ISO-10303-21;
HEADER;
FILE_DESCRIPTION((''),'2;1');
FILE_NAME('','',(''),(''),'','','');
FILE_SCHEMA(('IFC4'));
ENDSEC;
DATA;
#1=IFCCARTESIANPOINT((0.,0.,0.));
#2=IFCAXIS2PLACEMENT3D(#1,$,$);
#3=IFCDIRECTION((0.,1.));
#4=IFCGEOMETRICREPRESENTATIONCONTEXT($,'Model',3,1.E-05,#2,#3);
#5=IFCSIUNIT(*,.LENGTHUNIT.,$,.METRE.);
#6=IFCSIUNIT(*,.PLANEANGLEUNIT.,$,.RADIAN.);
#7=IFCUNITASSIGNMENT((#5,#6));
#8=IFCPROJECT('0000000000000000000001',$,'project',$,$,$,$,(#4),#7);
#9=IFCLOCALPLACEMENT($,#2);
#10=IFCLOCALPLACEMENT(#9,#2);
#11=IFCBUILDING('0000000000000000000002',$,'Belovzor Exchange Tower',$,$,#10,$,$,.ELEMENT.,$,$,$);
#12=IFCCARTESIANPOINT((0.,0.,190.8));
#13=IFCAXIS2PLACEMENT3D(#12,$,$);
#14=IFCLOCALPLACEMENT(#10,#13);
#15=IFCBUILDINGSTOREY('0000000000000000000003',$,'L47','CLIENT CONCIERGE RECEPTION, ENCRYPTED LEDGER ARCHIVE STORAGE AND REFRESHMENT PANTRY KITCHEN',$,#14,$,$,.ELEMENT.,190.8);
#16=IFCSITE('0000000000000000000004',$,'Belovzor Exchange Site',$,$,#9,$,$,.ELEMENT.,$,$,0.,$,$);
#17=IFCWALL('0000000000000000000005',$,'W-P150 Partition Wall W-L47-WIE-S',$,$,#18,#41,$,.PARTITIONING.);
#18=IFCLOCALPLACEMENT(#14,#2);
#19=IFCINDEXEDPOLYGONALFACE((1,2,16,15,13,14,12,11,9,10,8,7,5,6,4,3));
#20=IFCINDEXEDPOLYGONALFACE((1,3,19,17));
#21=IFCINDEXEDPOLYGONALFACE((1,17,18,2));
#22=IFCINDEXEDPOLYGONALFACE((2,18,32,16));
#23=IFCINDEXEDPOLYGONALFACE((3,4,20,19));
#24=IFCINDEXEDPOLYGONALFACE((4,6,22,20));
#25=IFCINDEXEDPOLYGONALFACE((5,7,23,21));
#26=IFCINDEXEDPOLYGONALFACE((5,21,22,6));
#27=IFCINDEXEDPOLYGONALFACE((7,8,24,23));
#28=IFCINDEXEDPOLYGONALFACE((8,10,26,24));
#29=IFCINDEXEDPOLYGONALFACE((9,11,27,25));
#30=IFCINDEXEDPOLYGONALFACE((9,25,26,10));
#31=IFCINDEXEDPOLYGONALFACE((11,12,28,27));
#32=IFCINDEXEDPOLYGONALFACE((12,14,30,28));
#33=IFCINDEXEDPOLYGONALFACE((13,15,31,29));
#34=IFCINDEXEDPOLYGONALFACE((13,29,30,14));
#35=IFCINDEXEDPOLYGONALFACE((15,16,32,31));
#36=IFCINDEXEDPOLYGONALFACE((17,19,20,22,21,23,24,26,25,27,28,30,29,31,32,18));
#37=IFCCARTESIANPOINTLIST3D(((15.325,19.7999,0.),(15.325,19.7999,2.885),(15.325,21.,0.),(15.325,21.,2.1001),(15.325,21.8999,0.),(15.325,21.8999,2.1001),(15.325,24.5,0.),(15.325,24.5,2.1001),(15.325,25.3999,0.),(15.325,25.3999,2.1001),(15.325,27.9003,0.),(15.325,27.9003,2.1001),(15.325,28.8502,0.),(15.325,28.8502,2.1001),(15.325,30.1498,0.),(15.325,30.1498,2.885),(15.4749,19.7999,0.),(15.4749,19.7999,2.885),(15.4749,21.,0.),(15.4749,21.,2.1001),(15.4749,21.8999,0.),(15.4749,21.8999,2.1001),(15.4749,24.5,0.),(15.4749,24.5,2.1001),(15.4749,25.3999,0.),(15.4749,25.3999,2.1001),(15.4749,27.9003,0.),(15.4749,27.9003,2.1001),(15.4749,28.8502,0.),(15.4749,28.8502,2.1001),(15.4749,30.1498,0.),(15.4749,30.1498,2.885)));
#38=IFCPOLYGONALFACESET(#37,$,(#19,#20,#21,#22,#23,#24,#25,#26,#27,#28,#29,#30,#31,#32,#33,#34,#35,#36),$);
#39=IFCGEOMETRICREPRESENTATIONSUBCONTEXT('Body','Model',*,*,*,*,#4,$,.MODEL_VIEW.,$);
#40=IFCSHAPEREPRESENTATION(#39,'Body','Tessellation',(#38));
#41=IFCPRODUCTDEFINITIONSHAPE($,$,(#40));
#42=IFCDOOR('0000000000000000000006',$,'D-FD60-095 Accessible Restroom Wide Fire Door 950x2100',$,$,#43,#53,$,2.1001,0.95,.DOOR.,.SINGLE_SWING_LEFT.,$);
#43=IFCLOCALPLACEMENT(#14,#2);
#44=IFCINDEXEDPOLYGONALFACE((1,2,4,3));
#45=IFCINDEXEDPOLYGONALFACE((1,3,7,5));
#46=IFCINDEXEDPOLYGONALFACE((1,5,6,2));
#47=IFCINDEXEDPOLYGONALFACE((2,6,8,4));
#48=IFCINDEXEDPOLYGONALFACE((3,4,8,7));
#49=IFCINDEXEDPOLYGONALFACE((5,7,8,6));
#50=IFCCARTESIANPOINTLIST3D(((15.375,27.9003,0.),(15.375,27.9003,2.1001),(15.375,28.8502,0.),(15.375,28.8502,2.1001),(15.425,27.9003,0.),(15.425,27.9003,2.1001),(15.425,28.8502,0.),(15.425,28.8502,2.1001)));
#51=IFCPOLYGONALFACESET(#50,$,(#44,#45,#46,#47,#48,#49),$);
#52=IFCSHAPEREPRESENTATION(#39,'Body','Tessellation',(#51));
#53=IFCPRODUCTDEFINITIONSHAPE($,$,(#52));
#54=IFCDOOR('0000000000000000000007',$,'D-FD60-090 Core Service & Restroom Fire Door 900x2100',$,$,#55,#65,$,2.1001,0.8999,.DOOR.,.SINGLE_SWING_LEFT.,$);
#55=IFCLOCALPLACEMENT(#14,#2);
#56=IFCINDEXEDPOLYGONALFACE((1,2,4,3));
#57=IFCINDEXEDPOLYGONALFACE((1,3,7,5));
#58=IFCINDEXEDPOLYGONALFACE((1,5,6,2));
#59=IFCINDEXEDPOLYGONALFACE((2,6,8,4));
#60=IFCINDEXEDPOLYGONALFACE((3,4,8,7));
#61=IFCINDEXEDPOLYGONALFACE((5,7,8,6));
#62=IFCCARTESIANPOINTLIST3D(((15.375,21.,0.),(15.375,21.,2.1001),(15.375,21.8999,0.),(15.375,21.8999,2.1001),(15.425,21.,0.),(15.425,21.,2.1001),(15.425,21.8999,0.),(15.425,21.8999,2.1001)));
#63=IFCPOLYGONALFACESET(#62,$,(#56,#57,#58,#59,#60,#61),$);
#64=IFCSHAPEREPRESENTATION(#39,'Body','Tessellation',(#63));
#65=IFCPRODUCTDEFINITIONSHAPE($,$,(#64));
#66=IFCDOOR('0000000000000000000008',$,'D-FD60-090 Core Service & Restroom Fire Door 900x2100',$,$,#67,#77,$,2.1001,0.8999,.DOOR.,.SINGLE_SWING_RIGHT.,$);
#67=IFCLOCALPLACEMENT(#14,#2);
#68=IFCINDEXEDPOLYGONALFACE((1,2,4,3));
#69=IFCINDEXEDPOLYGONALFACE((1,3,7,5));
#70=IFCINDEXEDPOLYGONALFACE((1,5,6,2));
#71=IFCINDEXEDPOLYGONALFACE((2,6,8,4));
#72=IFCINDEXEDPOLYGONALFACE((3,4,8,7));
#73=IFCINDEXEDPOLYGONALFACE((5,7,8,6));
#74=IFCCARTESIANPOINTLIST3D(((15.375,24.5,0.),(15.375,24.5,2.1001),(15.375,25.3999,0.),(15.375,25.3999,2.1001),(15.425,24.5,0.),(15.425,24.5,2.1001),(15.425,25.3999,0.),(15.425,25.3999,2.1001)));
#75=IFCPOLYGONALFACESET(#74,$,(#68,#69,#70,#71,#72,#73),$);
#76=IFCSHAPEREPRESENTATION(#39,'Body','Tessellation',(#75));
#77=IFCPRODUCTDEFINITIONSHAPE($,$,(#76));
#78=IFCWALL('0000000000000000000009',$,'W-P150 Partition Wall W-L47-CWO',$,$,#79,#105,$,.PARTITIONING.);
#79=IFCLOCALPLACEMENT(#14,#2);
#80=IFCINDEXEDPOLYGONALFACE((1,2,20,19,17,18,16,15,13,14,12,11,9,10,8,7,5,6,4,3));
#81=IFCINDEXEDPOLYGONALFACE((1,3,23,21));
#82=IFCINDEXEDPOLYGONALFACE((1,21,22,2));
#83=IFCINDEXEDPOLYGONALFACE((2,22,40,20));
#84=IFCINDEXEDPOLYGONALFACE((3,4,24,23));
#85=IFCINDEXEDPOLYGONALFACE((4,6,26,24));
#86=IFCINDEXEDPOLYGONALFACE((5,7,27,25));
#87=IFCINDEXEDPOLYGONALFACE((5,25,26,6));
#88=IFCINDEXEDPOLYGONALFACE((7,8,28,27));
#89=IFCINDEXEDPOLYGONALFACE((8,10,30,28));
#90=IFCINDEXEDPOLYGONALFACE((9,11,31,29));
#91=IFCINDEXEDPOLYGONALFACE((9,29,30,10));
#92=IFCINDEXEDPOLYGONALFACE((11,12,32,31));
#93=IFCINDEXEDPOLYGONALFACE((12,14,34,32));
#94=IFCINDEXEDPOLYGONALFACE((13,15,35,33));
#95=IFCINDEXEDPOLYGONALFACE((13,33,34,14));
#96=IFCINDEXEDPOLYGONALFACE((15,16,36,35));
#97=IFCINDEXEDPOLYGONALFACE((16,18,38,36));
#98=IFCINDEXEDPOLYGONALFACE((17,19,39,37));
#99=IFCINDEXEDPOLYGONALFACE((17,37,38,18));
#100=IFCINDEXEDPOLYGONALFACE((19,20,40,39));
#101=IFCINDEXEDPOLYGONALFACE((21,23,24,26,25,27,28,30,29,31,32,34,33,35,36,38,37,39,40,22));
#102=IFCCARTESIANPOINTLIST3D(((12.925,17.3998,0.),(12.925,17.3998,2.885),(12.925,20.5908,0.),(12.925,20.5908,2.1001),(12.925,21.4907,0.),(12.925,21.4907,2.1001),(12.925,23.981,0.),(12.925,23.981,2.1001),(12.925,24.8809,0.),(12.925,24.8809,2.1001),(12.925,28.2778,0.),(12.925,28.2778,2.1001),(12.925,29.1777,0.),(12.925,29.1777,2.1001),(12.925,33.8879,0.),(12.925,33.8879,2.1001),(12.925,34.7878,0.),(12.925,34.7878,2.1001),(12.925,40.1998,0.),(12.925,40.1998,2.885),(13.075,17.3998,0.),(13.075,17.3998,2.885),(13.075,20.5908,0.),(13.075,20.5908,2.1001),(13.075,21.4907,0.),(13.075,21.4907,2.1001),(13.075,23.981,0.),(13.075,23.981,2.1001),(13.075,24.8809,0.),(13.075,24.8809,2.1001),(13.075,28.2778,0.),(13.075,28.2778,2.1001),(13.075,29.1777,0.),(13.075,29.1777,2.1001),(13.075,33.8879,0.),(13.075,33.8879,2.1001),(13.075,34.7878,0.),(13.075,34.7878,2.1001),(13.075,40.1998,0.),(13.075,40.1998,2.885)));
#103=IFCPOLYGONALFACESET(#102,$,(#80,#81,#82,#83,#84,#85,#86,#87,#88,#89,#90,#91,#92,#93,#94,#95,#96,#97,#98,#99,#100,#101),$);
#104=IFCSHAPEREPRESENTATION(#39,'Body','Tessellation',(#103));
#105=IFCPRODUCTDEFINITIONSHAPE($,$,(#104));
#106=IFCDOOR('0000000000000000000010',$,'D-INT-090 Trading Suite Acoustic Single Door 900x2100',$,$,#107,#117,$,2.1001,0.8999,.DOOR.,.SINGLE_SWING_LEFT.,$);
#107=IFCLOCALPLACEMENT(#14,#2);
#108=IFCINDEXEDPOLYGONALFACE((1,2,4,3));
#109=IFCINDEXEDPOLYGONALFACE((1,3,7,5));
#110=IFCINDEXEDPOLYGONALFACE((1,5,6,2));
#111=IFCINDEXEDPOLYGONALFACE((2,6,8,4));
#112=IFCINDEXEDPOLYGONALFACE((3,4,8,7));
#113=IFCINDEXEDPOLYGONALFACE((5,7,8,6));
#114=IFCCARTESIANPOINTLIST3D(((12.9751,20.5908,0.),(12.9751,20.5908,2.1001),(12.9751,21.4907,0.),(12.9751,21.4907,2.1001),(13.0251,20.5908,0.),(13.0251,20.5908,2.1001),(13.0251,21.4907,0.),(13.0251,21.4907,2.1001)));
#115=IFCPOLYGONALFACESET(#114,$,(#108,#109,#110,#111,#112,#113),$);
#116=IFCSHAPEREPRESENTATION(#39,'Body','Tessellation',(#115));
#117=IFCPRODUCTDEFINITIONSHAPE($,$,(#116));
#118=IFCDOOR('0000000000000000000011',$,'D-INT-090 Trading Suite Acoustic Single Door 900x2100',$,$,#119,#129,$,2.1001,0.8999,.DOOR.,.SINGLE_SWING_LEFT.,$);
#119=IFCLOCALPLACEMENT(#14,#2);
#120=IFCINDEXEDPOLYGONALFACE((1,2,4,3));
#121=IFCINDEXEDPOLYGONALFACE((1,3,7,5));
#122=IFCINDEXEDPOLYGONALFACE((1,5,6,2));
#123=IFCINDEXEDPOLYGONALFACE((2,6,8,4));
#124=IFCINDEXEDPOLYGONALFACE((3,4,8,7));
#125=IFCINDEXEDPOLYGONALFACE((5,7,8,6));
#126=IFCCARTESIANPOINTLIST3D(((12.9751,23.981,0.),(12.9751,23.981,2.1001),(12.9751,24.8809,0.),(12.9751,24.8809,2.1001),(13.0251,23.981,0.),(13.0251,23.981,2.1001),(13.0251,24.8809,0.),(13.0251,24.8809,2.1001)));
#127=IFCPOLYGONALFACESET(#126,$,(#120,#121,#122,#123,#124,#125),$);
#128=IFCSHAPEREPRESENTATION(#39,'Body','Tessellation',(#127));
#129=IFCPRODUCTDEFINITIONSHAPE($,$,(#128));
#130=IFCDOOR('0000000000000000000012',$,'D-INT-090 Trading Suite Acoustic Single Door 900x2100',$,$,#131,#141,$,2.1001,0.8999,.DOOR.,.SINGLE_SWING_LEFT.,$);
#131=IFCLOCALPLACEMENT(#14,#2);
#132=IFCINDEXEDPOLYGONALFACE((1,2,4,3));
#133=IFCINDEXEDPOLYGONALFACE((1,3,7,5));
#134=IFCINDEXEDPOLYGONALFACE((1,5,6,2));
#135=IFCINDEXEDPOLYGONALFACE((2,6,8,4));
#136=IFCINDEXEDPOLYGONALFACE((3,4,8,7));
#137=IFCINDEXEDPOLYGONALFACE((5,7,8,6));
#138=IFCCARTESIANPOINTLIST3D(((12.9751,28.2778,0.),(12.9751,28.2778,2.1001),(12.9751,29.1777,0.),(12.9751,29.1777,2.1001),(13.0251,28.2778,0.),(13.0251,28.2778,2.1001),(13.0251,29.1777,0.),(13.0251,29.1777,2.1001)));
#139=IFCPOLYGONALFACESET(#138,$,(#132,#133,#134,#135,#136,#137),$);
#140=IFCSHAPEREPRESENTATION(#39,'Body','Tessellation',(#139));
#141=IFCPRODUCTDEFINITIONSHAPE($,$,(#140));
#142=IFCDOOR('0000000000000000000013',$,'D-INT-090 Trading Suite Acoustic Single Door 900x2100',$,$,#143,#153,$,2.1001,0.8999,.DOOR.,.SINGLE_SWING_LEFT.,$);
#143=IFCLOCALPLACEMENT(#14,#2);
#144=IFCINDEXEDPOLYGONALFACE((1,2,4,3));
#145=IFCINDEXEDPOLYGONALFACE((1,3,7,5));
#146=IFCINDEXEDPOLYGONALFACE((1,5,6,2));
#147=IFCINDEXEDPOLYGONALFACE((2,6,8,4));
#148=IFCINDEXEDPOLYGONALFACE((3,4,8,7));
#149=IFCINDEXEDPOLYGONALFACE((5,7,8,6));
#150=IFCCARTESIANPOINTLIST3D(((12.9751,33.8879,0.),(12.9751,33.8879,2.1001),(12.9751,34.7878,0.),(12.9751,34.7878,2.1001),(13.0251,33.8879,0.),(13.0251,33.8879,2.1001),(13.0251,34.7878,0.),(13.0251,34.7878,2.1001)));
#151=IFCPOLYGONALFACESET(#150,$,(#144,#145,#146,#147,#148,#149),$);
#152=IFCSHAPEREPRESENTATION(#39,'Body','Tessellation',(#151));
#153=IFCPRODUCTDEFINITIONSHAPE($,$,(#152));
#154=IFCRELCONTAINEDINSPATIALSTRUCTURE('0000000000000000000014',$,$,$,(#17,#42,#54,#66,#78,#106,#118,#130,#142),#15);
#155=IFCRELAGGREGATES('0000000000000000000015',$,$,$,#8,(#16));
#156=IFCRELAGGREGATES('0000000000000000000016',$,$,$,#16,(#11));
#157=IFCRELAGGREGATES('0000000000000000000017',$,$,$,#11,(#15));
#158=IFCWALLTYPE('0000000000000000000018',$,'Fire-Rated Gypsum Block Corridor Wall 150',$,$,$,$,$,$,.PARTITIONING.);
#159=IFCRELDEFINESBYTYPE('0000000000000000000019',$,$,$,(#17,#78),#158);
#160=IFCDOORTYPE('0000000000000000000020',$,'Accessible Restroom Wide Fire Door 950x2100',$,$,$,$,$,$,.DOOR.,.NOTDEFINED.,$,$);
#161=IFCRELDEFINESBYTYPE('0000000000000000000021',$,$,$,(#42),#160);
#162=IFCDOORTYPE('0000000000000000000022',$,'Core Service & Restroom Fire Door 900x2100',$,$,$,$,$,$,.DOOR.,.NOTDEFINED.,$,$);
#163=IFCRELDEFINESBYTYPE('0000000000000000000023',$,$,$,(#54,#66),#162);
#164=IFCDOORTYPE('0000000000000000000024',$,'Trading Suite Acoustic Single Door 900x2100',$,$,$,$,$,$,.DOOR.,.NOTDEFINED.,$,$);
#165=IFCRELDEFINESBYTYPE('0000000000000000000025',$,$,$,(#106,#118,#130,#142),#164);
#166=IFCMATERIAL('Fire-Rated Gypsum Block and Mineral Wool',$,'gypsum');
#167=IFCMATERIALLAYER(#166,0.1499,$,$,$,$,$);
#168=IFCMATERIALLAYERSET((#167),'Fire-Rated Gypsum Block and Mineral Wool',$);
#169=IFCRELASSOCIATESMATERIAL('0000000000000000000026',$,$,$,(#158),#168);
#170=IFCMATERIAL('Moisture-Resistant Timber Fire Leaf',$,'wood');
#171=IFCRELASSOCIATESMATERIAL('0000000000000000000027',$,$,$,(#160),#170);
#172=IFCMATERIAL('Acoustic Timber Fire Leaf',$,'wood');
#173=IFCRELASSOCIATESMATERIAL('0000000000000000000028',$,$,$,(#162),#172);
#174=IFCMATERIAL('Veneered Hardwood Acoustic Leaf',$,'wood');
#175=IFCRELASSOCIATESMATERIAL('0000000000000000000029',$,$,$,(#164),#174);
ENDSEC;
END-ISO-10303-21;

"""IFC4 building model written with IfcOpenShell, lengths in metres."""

from ifc_helpers import new_model, si_unit, direction, frame, frame_2d, origin, place, context, subcontext, project, spatial, rectangle, extrude, material, layer, layer_set, type_object, element, fill, save


model = new_model("IFC4")

# Units and contexts
model_context = context("Model", 3, precision=1e-05, world=origin(), true_north=direction((0.0, 1.0)))
body_context = subcontext(model_context, "Body", "Model", "MODEL_VIEW")
ifc_project = project(units=[si_unit("LENGTHUNIT", "METRE"), si_unit("PLANEANGLEUNIT", "RADIAN")], contexts=[model_context])

# Site, building, storey
site_placement = place(None, origin())
site = spatial("IfcSite", under=ifc_project, at=site_placement, Name="Belovzor Exchange Site", CompositionType="ELEMENT", RefElevation=0.0)
building_placement = place(site_placement, origin())
building = spatial("IfcBuilding", under=site, at=building_placement, Name="Belovzor Exchange Tower", CompositionType="ELEMENT")
storey_placement = place(building_placement, frame((0.0, 0.0, 190.8)))
storey = spatial("IfcBuildingStorey", under=building, at=storey_placement, Name="L47", Description="CLIENT CONCIERGE RECEPTION, ENCRYPTED LEDGER ARCHIVE STORAGE AND REFRESHMENT PANTRY KITCHEN", CompositionType="ELEMENT", Elevation=190.8)

# Shared definitions
ifc_material_1 = material(Name="Fire-Rated Gypsum Block and Mineral Wool", Category="gypsum")
ifc_layer_1 = layer(ifc_material_1, 0.1499)
ifc_layer_set_1 = layer_set([ifc_layer_1], Name="Fire-Rated Gypsum Block and Mineral Wool")
wall_type_1 = type_object("IfcWallType", Name="Fire-Rated Gypsum Block Corridor Wall 150", PredefinedType="PARTITIONING", material=ifc_layer_set_1)

# Walls, openings, doors
wall_1_placement = place(storey_placement, frame((15.3999, 19.8, 0.0), z_axis=(0.0, 0.0, 1.0), x_axis=(0.0, 1.0, 0.0)))
wall_1 = element("IfcWall", 1, at=wall_1_placement, inside=storey, type_object=wall_type_1, Name="W-P150 Partition Wall W-L47-WIE-S", PredefinedType="PARTITIONING", context=body_context, shape_type="SweptSolid", body=[
    extrude(rectangle(XDim=10.3499, YDim=0.1499, at=frame_2d((5.1748, 0.0))), origin(), (0.0, 0.0, 1.0), 2.885),
])
opening_1_placement = place(wall_1_placement, frame((1.2, 0.0, 0.0)))
opening_1 = element("IfcOpeningElement", 2, at=opening_1_placement, cuts=wall_1, PredefinedType="OPENING", context=body_context, shape_type="SweptSolid", body=[
    extrude(rectangle(XDim=0.8999, YDim=2.1001, at=frame_2d((0.45, 1.05))), frame((0.0, 0.085, 0.0), z_axis=(0.0, -1.0, 0.0), x_axis=(1.0, 0.0, 0.0)), (0.0, 0.0, 1.0), 0.1699),
])
opening_2_placement = place(wall_1_placement, frame((4.7, 0.0, 0.0)))
opening_2 = element("IfcOpeningElement", 3, at=opening_2_placement, cuts=wall_1, PredefinedType="OPENING", context=body_context, shape_type="SweptSolid", body=[
    extrude(rectangle(XDim=0.8999, YDim=2.1001, at=frame_2d((0.45, 1.05))), frame((0.0, 0.085, 0.0), z_axis=(0.0, -1.0, 0.0), x_axis=(1.0, 0.0, 0.0)), (0.0, 0.0, 1.0), 0.1699),
])
opening_3_placement = place(wall_1_placement, frame((8.1001, 0.0, 0.0)))
opening_3 = element("IfcOpeningElement", 4, at=opening_3_placement, cuts=wall_1, PredefinedType="OPENING", context=body_context, shape_type="SweptSolid", body=[
    extrude(rectangle(XDim=0.95, YDim=2.1001, at=frame_2d((0.4751, 1.05))), frame((0.0, 0.085, 0.0), z_axis=(0.0, -1.0, 0.0), x_axis=(1.0, 0.0, 0.0)), (0.0, 0.0, 1.0), 0.1699),
])
ifc_material_2 = material(Name="Moisture-Resistant Timber Fire Leaf", Category="wood")
door_type_1 = type_object("IfcDoorType", Name="Accessible Restroom Wide Fire Door 950x2100", OperationType="NOTDEFINED", PredefinedType="DOOR", material=ifc_material_2)
door_1_placement = place(opening_3_placement, origin())
door_1 = element("IfcDoor", 5, at=door_1_placement, inside=storey, type_object=door_type_1, Name="D-FD60-095 Accessible Restroom Wide Fire Door 950x2100", OperationType="SINGLE_SWING_LEFT", OverallHeight=2.1001, OverallWidth=0.95, PredefinedType="DOOR", context=body_context, shape_type="SweptSolid", body=[
    extrude(rectangle(XDim=0.95, YDim=2.1001, at=frame_2d((0.4751, 1.05))), frame((0.0, 0.0249, 0.0), z_axis=(0.0, -1.0, 0.0), x_axis=(1.0, 0.0, 0.0)), (0.0, 0.0, 1.0), 0.05),
])
fill(opening_3, door_1)
ifc_material_3 = material(Name="Acoustic Timber Fire Leaf", Category="wood")
door_type_2 = type_object("IfcDoorType", Name="Core Service & Restroom Fire Door 900x2100", OperationType="NOTDEFINED", PredefinedType="DOOR", material=ifc_material_3)
door_2_placement = place(opening_1_placement, origin())
door_2 = element("IfcDoor", 6, at=door_2_placement, inside=storey, type_object=door_type_2, Name="D-FD60-090 Core Service & Restroom Fire Door 900x2100", OperationType="SINGLE_SWING_LEFT", OverallHeight=2.1001, OverallWidth=0.8999, PredefinedType="DOOR", context=body_context, shape_type="SweptSolid", body=[
    extrude(rectangle(XDim=0.8999, YDim=2.1001, at=frame_2d((0.45, 1.05))), frame((0.0, 0.0249, 0.0), z_axis=(0.0, -1.0, 0.0), x_axis=(1.0, 0.0, 0.0)), (0.0, 0.0, 1.0), 0.05),
])
fill(opening_1, door_2)
door_3_placement = place(opening_2_placement, origin())
door_3 = element("IfcDoor", 7, at=door_3_placement, inside=storey, type_object=door_type_2, Name="D-FD60-090 Core Service & Restroom Fire Door 900x2100", OperationType="SINGLE_SWING_RIGHT", OverallHeight=2.1001, OverallWidth=0.8999, PredefinedType="DOOR", context=body_context, shape_type="SweptSolid", body=[
    extrude(rectangle(XDim=0.8999, YDim=2.1001, at=frame_2d((0.45, 1.05))), frame((0.0, 0.0249, 0.0), z_axis=(0.0, -1.0, 0.0), x_axis=(1.0, 0.0, 0.0)), (0.0, 0.0, 1.0), 0.05),
])
fill(opening_2, door_3)
wall_2_placement = place(storey_placement, frame((13.0, 17.3999, 0.0), z_axis=(0.0, 0.0, 1.0), x_axis=(0.0, 1.0, 0.0)))
wall_2 = element("IfcWall", 8, at=wall_2_placement, inside=storey, type_object=wall_type_1, Name="W-P150 Partition Wall W-L47-CWO", PredefinedType="PARTITIONING", context=body_context, shape_type="SweptSolid", body=[
    extrude(rectangle(XDim=22.8, YDim=0.1499, at=frame_2d((11.3999, 0.0))), origin(), (0.0, 0.0, 1.0), 2.885),
])
opening_4_placement = place(wall_2_placement, frame((3.1909, 0.0, 0.0)))
opening_4 = element("IfcOpeningElement", 9, at=opening_4_placement, cuts=wall_2, PredefinedType="OPENING", context=body_context, shape_type="SweptSolid", body=[
    extrude(rectangle(XDim=0.8999, YDim=2.1001, at=frame_2d((0.45, 1.05))), frame((0.0, 0.085, 0.0), z_axis=(0.0, -1.0, 0.0), x_axis=(1.0, 0.0, 0.0)), (0.0, 0.0, 1.0), 0.1699),
])
opening_5_placement = place(wall_2_placement, frame((6.5811, 0.0, 0.0)))
opening_5 = element("IfcOpeningElement", 10, at=opening_5_placement, cuts=wall_2, PredefinedType="OPENING", context=body_context, shape_type="SweptSolid", body=[
    extrude(rectangle(XDim=0.8999, YDim=2.1001, at=frame_2d((0.45, 1.05))), frame((0.0, 0.085, 0.0), z_axis=(0.0, -1.0, 0.0), x_axis=(1.0, 0.0, 0.0)), (0.0, 0.0, 1.0), 0.1699),
])
opening_6_placement = place(wall_2_placement, frame((10.8779, 0.0, 0.0)))
opening_6 = element("IfcOpeningElement", 11, at=opening_6_placement, cuts=wall_2, PredefinedType="OPENING", context=body_context, shape_type="SweptSolid", body=[
    extrude(rectangle(XDim=0.8999, YDim=2.1001, at=frame_2d((0.45, 1.05))), frame((0.0, 0.085, 0.0), z_axis=(0.0, -1.0, 0.0), x_axis=(1.0, 0.0, 0.0)), (0.0, 0.0, 1.0), 0.1699),
])
opening_7_placement = place(wall_2_placement, frame((16.488, 0.0, 0.0)))
opening_7 = element("IfcOpeningElement", 12, at=opening_7_placement, cuts=wall_2, PredefinedType="OPENING", context=body_context, shape_type="SweptSolid", body=[
    extrude(rectangle(XDim=0.8999, YDim=2.1001, at=frame_2d((0.45, 1.05))), frame((0.0, 0.085, 0.0), z_axis=(0.0, -1.0, 0.0), x_axis=(1.0, 0.0, 0.0)), (0.0, 0.0, 1.0), 0.1699),
])
ifc_material_4 = material(Name="Veneered Hardwood Acoustic Leaf", Category="wood")
door_type_3 = type_object("IfcDoorType", Name="Trading Suite Acoustic Single Door 900x2100", OperationType="NOTDEFINED", PredefinedType="DOOR", material=ifc_material_4)
door_4_placement = place(opening_4_placement, origin())
door_4 = element("IfcDoor", 13, at=door_4_placement, inside=storey, type_object=door_type_3, Name="D-INT-090 Trading Suite Acoustic Single Door 900x2100", OperationType="SINGLE_SWING_LEFT", OverallHeight=2.1001, OverallWidth=0.8999, PredefinedType="DOOR", context=body_context, shape_type="SweptSolid", body=[
    extrude(rectangle(XDim=0.8999, YDim=2.1001, at=frame_2d((0.45, 1.05))), frame((0.0, 0.0249, 0.0), z_axis=(0.0, -1.0, 0.0), x_axis=(1.0, 0.0, 0.0)), (0.0, 0.0, 1.0), 0.05),
])
fill(opening_4, door_4)
door_5_placement = place(opening_5_placement, origin())
door_5 = element("IfcDoor", 14, at=door_5_placement, inside=storey, type_object=door_type_3, Name="D-INT-090 Trading Suite Acoustic Single Door 900x2100", OperationType="SINGLE_SWING_LEFT", OverallHeight=2.1001, OverallWidth=0.8999, PredefinedType="DOOR", context=body_context, shape_type="SweptSolid", body=[
    extrude(rectangle(XDim=0.8999, YDim=2.1001, at=frame_2d((0.45, 1.05))), frame((0.0, 0.0249, 0.0), z_axis=(0.0, -1.0, 0.0), x_axis=(1.0, 0.0, 0.0)), (0.0, 0.0, 1.0), 0.05),
])
fill(opening_5, door_5)
door_6_placement = place(opening_6_placement, origin())
door_6 = element("IfcDoor", 15, at=door_6_placement, inside=storey, type_object=door_type_3, Name="D-INT-090 Trading Suite Acoustic Single Door 900x2100", OperationType="SINGLE_SWING_LEFT", OverallHeight=2.1001, OverallWidth=0.8999, PredefinedType="DOOR", context=body_context, shape_type="SweptSolid", body=[
    extrude(rectangle(XDim=0.8999, YDim=2.1001, at=frame_2d((0.45, 1.05))), frame((0.0, 0.0249, 0.0), z_axis=(0.0, -1.0, 0.0), x_axis=(1.0, 0.0, 0.0)), (0.0, 0.0, 1.0), 0.05),
])
fill(opening_6, door_6)
door_7_placement = place(opening_7_placement, origin())
door_7 = element("IfcDoor", 16, at=door_7_placement, inside=storey, type_object=door_type_3, Name="D-INT-090 Trading Suite Acoustic Single Door 900x2100", OperationType="SINGLE_SWING_LEFT", OverallHeight=2.1001, OverallWidth=0.8999, PredefinedType="DOOR", context=body_context, shape_type="SweptSolid", body=[
    extrude(rectangle(XDim=0.8999, YDim=2.1001, at=frame_2d((0.45, 1.05))), frame((0.0, 0.0249, 0.0), z_axis=(0.0, -1.0, 0.0), x_axis=(1.0, 0.0, 0.0)), (0.0, 0.0, 1.0), 0.05),
])
fill(opening_7, door_7)

save(model, "model.ifc")
